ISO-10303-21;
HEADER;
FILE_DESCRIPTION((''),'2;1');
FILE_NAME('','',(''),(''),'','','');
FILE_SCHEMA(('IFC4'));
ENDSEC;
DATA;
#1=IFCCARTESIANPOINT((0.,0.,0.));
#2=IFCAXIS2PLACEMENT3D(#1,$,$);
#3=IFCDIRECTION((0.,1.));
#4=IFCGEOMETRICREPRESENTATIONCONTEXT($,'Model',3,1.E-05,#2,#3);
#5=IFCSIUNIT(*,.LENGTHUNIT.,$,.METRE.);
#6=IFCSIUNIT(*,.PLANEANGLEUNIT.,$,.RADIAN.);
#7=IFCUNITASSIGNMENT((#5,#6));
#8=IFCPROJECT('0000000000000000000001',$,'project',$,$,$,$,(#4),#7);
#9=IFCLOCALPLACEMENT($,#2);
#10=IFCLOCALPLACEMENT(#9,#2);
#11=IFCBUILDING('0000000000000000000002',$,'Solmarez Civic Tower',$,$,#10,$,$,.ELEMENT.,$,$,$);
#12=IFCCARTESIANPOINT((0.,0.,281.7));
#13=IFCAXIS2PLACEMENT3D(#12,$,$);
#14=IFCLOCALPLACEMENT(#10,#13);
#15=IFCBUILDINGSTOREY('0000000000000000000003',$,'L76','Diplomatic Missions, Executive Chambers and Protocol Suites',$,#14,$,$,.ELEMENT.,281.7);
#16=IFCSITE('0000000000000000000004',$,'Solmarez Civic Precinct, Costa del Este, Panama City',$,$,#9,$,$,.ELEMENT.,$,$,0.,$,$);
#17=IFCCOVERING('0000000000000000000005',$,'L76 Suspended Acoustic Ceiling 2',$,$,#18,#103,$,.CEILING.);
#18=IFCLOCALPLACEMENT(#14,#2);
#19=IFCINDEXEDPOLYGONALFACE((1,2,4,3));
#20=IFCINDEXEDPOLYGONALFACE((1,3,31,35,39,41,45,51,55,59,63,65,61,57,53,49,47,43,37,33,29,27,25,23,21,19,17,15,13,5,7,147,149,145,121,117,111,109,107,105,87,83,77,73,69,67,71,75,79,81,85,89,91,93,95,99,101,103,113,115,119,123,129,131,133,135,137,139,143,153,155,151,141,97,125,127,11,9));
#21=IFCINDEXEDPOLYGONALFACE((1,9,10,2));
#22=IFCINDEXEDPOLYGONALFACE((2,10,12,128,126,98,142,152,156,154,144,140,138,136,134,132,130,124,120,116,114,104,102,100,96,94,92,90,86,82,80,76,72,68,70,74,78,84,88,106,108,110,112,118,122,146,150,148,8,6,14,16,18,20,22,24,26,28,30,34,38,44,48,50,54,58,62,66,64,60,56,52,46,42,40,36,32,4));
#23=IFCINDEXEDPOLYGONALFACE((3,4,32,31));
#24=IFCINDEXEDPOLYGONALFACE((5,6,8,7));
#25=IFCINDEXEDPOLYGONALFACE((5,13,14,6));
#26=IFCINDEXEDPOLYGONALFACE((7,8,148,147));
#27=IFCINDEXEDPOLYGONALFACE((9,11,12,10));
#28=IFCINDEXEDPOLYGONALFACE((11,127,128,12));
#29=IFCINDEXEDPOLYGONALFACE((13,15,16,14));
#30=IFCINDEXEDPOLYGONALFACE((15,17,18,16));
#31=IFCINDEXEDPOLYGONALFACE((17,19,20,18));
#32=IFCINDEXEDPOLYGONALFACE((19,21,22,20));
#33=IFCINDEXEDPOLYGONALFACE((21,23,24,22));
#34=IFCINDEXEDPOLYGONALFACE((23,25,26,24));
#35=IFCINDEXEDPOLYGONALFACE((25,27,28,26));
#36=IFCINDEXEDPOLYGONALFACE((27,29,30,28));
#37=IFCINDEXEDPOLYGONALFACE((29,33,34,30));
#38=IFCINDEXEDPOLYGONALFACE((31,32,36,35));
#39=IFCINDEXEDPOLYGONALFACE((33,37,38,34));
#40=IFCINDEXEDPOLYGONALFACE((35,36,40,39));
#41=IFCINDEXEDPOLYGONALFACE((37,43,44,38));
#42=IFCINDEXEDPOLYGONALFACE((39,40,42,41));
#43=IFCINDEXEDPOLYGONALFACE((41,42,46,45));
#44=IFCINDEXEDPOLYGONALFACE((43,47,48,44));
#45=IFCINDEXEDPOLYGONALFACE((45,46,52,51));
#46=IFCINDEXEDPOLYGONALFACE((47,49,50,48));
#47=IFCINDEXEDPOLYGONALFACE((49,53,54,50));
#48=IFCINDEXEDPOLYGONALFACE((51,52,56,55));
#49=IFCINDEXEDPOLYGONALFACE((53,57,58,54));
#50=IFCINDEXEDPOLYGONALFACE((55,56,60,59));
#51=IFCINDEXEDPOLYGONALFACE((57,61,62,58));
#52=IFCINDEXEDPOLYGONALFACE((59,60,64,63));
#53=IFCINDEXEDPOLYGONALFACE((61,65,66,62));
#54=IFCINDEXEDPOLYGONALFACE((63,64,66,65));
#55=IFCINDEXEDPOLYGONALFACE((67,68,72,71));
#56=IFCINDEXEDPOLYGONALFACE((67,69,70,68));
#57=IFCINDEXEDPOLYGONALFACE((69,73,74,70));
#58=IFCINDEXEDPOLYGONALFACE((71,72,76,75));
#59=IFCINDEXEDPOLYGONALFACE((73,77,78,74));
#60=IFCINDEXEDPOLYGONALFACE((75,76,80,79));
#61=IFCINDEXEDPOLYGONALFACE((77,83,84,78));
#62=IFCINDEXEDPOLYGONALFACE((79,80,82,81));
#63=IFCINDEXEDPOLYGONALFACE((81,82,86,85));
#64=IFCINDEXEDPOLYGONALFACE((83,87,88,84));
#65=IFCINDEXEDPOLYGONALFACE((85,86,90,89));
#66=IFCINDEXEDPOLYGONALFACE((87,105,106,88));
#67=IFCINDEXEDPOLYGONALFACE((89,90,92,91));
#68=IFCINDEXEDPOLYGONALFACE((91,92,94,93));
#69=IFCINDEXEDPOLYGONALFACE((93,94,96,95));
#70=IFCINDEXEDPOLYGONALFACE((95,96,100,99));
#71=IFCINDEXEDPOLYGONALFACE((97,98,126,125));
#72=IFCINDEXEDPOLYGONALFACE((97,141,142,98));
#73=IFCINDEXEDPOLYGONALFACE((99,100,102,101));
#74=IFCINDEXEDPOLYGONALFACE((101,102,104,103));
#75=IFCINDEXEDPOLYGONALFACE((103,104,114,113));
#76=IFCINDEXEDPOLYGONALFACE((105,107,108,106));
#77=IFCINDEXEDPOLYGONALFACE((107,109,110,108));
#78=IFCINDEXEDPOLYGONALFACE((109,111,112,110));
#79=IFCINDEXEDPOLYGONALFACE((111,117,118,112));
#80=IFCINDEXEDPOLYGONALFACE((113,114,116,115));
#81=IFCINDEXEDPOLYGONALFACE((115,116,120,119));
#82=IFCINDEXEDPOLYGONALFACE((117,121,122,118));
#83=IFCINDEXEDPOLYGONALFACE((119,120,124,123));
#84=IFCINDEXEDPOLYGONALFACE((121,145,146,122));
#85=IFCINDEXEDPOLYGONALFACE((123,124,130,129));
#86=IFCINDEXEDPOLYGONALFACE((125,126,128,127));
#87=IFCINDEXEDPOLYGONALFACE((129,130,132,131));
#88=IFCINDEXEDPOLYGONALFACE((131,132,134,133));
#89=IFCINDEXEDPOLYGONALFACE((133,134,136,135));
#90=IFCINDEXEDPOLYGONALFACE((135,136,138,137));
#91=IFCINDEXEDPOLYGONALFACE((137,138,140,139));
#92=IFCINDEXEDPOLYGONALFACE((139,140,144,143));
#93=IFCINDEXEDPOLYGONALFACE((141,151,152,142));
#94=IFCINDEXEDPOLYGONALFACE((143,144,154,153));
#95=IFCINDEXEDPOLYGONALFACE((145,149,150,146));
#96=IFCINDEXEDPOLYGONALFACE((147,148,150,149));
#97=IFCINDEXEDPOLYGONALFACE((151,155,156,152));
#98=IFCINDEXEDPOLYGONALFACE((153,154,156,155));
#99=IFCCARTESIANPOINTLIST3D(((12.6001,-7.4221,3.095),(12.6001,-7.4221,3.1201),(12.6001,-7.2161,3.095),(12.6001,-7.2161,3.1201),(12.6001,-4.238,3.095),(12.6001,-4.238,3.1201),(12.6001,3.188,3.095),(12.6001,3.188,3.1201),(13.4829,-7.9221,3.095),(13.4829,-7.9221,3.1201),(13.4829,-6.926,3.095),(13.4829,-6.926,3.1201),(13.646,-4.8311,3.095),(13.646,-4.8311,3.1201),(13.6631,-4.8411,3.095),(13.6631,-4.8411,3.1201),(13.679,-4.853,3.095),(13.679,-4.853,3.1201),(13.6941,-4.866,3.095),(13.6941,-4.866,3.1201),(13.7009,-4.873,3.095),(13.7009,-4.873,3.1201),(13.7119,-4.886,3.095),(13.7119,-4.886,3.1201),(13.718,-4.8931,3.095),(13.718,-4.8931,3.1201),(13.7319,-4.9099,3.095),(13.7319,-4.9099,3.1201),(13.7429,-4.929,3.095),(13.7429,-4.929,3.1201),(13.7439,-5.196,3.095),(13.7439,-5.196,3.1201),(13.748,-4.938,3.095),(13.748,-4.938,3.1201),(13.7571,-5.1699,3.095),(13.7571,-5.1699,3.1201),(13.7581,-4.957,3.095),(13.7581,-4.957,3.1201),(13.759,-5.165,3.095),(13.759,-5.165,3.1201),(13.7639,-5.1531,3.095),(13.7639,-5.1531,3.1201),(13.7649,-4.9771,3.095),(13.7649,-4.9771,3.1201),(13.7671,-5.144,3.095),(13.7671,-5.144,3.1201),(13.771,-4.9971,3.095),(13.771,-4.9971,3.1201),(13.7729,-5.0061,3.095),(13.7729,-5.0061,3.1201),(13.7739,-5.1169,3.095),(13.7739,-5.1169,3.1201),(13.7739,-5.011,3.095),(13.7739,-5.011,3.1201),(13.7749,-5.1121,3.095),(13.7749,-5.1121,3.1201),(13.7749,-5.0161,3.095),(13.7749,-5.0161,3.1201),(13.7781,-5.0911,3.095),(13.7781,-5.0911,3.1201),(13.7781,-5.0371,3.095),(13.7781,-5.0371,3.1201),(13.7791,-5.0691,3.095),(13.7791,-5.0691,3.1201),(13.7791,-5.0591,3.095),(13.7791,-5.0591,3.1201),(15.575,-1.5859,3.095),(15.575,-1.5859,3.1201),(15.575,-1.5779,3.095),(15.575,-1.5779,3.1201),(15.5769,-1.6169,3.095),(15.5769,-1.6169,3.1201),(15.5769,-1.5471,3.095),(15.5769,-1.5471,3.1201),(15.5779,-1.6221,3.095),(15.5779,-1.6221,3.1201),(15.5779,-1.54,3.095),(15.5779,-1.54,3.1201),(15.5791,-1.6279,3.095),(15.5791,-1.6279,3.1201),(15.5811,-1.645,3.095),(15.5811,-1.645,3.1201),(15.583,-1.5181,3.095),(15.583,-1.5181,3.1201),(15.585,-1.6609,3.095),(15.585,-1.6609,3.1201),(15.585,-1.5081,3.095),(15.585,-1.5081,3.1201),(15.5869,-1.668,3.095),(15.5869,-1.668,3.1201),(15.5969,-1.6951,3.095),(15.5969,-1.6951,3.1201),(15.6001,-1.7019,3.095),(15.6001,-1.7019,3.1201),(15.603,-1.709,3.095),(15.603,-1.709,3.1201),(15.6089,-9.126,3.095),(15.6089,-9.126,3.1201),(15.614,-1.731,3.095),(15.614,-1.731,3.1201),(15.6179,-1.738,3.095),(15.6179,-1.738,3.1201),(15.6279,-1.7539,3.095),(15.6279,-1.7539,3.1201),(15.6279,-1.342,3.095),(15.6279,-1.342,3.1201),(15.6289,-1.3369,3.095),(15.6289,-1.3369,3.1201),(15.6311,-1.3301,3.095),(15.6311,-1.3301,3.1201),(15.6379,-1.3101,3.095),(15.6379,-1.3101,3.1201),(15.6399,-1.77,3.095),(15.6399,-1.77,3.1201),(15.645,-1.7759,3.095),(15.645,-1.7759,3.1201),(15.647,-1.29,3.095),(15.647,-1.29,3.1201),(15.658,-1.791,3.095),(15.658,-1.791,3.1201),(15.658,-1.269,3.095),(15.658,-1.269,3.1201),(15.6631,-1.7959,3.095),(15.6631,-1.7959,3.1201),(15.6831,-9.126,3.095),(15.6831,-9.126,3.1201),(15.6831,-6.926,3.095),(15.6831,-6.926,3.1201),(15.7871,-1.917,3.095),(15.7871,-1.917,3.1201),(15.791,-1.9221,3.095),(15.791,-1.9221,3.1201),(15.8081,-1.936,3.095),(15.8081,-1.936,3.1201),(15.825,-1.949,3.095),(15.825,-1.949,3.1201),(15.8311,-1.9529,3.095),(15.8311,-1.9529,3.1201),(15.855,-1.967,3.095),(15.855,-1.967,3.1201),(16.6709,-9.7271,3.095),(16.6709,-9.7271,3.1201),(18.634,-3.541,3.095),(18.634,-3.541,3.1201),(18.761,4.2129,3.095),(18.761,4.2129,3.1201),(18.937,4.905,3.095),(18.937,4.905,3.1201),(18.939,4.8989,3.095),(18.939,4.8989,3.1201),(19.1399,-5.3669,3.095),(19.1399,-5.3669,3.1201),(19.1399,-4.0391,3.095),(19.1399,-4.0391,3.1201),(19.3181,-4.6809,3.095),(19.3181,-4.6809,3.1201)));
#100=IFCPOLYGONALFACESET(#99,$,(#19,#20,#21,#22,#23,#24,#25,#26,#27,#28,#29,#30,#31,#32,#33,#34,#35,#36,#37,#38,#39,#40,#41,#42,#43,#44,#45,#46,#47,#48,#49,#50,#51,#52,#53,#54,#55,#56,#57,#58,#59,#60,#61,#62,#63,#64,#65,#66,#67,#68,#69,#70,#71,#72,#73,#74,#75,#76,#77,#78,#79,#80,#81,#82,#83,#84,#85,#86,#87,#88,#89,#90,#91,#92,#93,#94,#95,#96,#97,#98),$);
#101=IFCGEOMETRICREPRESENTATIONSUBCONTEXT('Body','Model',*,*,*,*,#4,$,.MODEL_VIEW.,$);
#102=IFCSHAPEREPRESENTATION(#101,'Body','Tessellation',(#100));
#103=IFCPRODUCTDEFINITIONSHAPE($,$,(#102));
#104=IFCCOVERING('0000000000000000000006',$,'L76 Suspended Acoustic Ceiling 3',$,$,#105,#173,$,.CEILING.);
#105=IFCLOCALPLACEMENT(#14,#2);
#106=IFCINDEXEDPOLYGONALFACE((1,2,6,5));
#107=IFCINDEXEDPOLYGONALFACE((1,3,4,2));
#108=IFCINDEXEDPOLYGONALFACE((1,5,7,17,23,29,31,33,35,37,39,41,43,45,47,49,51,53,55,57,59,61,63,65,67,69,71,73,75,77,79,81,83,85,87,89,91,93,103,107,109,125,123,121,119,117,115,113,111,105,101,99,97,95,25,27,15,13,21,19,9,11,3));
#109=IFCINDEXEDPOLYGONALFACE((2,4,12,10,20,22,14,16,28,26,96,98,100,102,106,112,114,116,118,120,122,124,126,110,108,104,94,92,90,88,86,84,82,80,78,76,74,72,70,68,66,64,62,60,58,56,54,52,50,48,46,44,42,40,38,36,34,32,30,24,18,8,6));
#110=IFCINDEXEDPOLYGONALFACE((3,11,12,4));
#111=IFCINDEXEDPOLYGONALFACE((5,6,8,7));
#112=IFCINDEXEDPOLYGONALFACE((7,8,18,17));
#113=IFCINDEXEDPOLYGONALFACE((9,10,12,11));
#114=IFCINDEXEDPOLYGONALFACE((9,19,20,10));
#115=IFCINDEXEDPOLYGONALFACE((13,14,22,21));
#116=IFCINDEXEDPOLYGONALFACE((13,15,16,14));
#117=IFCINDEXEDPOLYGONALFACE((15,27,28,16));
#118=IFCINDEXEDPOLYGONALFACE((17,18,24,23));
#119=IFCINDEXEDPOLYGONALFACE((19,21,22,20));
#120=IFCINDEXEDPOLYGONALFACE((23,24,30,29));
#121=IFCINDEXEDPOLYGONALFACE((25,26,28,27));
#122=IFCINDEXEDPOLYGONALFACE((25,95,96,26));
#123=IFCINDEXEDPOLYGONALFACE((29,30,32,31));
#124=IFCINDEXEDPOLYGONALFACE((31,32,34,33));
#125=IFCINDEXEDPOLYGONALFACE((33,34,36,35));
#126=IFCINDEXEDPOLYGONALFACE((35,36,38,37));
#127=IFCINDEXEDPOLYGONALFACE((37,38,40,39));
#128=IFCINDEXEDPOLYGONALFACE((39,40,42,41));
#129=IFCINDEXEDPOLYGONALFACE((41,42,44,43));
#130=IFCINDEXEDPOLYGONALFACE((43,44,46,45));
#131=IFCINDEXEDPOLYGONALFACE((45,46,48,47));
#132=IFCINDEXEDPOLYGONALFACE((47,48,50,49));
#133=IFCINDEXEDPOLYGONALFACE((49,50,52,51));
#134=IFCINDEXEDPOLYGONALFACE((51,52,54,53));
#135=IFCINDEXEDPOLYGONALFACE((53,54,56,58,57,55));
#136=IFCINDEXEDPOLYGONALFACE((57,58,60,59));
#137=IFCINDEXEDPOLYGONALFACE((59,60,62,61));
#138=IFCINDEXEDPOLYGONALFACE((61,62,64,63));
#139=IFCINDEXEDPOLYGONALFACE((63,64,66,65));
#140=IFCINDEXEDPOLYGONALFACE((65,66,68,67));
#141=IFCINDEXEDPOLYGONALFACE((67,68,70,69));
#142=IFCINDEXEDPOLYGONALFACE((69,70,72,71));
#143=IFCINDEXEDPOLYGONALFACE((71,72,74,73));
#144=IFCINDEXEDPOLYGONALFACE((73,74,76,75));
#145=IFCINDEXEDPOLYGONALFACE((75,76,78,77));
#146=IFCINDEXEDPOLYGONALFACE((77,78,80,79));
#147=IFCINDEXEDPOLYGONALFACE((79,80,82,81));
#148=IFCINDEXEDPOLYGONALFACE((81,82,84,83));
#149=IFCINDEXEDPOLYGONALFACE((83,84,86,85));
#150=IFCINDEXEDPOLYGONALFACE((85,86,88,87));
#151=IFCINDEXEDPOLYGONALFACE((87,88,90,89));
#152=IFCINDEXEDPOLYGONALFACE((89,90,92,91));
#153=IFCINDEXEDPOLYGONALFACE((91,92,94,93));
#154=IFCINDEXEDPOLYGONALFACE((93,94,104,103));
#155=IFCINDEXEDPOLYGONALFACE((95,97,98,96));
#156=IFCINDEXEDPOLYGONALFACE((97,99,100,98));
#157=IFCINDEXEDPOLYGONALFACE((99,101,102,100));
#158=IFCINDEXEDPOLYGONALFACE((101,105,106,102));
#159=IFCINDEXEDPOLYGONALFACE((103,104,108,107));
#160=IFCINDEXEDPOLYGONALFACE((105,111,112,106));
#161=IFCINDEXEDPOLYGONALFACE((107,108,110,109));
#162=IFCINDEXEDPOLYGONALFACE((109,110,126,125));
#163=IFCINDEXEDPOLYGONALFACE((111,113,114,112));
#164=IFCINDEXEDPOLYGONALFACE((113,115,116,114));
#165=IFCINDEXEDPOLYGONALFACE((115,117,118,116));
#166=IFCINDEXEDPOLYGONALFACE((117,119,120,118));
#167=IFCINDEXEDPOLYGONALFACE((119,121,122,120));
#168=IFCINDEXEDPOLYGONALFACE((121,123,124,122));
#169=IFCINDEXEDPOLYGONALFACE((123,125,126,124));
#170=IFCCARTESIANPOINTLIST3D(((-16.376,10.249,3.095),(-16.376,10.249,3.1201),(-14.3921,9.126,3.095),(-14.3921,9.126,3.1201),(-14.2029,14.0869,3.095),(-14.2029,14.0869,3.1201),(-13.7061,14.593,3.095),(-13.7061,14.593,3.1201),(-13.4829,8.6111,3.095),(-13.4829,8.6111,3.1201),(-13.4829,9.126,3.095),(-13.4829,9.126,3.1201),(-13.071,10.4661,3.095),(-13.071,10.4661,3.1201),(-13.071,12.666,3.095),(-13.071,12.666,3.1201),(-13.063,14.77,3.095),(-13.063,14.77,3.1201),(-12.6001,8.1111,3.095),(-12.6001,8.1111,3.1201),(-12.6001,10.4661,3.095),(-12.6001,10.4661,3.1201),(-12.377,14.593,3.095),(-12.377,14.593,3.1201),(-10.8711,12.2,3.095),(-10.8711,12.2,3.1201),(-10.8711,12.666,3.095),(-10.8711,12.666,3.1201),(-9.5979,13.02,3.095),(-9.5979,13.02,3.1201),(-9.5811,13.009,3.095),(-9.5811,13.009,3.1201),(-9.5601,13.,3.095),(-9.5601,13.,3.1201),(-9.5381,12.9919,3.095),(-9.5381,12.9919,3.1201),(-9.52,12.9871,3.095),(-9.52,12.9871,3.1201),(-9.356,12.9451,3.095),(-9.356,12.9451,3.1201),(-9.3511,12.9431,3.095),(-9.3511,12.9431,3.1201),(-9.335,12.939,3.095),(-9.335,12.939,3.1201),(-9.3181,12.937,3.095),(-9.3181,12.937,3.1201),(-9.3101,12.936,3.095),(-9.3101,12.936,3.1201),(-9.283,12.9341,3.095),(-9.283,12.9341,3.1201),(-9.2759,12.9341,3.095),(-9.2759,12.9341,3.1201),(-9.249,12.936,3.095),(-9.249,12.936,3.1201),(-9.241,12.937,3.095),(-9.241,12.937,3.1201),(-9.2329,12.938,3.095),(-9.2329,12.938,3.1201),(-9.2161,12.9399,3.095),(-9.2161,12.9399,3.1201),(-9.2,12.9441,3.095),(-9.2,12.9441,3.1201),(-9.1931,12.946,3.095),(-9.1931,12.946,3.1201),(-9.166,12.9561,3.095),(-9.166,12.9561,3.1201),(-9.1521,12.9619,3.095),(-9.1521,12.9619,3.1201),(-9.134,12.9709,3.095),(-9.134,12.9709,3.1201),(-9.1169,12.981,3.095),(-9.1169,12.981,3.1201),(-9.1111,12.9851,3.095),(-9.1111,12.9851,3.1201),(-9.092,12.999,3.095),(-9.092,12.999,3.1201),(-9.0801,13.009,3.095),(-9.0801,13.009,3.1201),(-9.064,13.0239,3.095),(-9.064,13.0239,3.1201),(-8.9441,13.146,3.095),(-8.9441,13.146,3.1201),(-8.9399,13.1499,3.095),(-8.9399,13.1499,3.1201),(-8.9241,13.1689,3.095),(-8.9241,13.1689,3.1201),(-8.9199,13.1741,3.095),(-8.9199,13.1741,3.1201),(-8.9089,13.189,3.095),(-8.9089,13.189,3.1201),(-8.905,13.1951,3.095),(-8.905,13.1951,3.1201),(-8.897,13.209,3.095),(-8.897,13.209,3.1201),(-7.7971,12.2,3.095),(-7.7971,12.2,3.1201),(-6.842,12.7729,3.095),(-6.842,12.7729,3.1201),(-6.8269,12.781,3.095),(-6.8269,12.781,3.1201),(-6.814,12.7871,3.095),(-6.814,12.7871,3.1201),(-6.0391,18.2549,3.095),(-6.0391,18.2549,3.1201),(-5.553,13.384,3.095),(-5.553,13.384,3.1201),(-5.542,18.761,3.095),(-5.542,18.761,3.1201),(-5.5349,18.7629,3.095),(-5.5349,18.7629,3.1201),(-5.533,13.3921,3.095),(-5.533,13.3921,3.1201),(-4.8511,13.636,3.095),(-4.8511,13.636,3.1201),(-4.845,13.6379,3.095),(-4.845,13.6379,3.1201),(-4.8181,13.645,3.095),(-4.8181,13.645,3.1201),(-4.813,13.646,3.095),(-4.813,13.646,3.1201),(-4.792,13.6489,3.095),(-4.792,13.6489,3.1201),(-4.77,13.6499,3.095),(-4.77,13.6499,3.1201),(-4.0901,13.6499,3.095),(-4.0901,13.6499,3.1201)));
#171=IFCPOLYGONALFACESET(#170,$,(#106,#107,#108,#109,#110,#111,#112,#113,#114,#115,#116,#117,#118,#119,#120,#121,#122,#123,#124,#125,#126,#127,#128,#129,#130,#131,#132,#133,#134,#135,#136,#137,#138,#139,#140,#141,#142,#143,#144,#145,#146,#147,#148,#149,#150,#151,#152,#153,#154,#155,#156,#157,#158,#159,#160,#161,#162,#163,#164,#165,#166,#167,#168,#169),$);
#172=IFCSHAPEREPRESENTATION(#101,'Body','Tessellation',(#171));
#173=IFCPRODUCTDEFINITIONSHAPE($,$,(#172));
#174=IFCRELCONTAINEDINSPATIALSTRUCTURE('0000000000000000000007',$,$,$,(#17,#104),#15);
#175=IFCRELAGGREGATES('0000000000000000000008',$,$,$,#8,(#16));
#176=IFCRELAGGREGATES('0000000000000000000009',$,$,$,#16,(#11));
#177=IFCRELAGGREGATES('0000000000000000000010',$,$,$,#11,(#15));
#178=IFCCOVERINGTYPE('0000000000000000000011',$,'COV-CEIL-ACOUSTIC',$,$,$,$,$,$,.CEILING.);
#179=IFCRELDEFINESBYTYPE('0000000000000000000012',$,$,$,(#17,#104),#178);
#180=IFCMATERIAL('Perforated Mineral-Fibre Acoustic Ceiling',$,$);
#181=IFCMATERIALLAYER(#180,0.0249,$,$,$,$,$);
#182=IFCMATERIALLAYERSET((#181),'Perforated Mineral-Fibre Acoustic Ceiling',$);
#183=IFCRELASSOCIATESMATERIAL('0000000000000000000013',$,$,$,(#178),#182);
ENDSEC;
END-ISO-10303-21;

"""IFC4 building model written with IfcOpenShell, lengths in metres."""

from ifc_helpers import new_model, si_unit, direction, frame, origin, place, context, subcontext, project, spatial, polyline, outline, extrude, material, layer, layer_set, type_object, element, save


model = new_model("IFC4")

# Units and contexts
model_context = context("Model", 3, precision=1e-05, world=origin(), true_north=direction((0.0, 1.0)))
body_context = subcontext(model_context, "Body", "Model", "MODEL_VIEW")
ifc_project = project(units=[si_unit("LENGTHUNIT", "METRE"), si_unit("PLANEANGLEUNIT", "RADIAN")], contexts=[model_context])

# Site, building, storey
site_placement = place(None, origin())
site = spatial("IfcSite", under=ifc_project, at=site_placement, Name="Solmarez Civic Precinct, Costa del Este, Panama City", CompositionType="ELEMENT", RefElevation=0.0)
building_placement = place(site_placement, origin())
building = spatial("IfcBuilding", under=site, at=building_placement, Name="Solmarez Civic Tower", CompositionType="ELEMENT")
storey_placement = place(building_placement, frame((0.0, 0.0, 281.7)))
storey = spatial("IfcBuildingStorey", under=building, at=storey_placement, Name="L76", Description="Diplomatic Missions, Executive Chambers and Protocol Suites", CompositionType="ELEMENT", Elevation=281.7)

# Coverings
ifc_material_1 = material(Name="Perforated Mineral-Fibre Acoustic Ceiling")
ifc_layer_1 = layer(ifc_material_1, 0.0249)
ifc_layer_set_1 = layer_set([ifc_layer_1], Name="Perforated Mineral-Fibre Acoustic Ceiling")
covering_type_1 = type_object("IfcCoveringType", Name="COV-CEIL-ACOUSTIC", PredefinedType="CEILING", material=ifc_layer_set_1)
covering_1_placement = place(storey_placement, frame((0.0, 0.0, 3.095)))
element("IfcCovering", 1, at=covering_1_placement, inside=storey, type_object=covering_type_1, Name="L76 Suspended Acoustic Ceiling 2", PredefinedType="CEILING", context=body_context, shape_type="SweptSolid", body=[
    extrude(outline(polyline([(12.6001, 3.188), (12.6001, -4.238), (13.646, -4.8311), (13.6631, -4.8411), (13.679, -4.853), (13.6941, -4.866), (13.7009, -4.873), (13.7119, -4.886), (13.718, -4.8931), (13.7319, -4.9099), (13.7429, -4.929), (13.748, -4.938), (13.7581, -4.957), (13.7649, -4.9771), (13.771, -4.9971), (13.7729, -5.0061), (13.7739, -5.011), (13.7749, -5.0161), (13.7781, -5.0371), (13.7791, -5.0591), (13.7791, -5.0691), (13.7781, -5.0911), (13.7749, -5.1121), (13.7739, -5.1169), (13.7671, -5.144), (13.7639, -5.1531), (13.759, -5.165), (13.7571, -5.1699), (13.7439, -5.196), (12.6001, -7.2161), (12.6001, -7.4221), (13.4829, -7.9221), (13.4829, -6.926), (15.6831, -6.926), (15.6831, -9.126), (15.6089, -9.126), (16.6709, -9.7271), (19.1399, -5.3669), (19.3181, -4.6809), (19.1399, -4.0391), (18.634, -3.541), (15.855, -1.967), (15.8311, -1.9529), (15.825, -1.949), (15.8081, -1.936), (15.791, -1.9221), (15.7871, -1.917), (15.6631, -1.7959), (15.658, -1.791), (15.645, -1.7759), (15.6399, -1.77), (15.6279, -1.7539), (15.6179, -1.738), (15.614, -1.731), (15.603, -1.709), (15.6001, -1.7019), (15.5969, -1.6951), (15.5869, -1.668), (15.585, -1.6609), (15.5811, -1.645), (15.5791, -1.6279), (15.5779, -1.6221), (15.5769, -1.6169), (15.575, -1.5859), (15.575, -1.5779), (15.5769, -1.5471), (15.5779, -1.54), (15.583, -1.5181), (15.585, -1.5081), (15.6279, -1.342), (15.6289, -1.3369), (15.6311, -1.3301), (15.6379, -1.3101), (15.647, -1.29), (15.658, -1.269), (18.761, 4.2129), (18.939, 4.8989), (18.937, 4.905), (12.6001, 3.188)])), origin(), (0.0, 0.0, 1.0), 0.0251),
])
covering_2_placement = place(storey_placement, frame((0.0, 0.0, 3.095)))
element("IfcCovering", 2, at=covering_2_placement, inside=storey, type_object=covering_type_1, Name="L76 Suspended Acoustic Ceiling 3", PredefinedType="CEILING", context=body_context, shape_type="SweptSolid", body=[
    extrude(outline(polyline([(-12.6001, 8.1111), (-12.6001, 10.4661), (-13.071, 10.4661), (-13.071, 12.666), (-10.8711, 12.666), (-10.8711, 12.2), (-7.7971, 12.2), (-6.842, 12.7729), (-6.8269, 12.781), (-6.814, 12.7871), (-5.553, 13.384), (-5.533, 13.3921), (-4.8511, 13.636), (-4.845, 13.6379), (-4.8181, 13.645), (-4.813, 13.646), (-4.792, 13.6489), (-4.77, 13.6499), (-4.0901, 13.6499), (-5.5349, 18.7629), (-5.542, 18.761), (-6.0391, 18.2549), (-8.897, 13.209), (-8.905, 13.1951), (-8.9089, 13.189), (-8.9199, 13.1741), (-8.9241, 13.1689), (-8.9399, 13.1499), (-8.9441, 13.146), (-9.064, 13.0239), (-9.0801, 13.009), (-9.092, 12.999), (-9.1111, 12.9851), (-9.1169, 12.981), (-9.134, 12.9709), (-9.1521, 12.9619), (-9.166, 12.9561), (-9.1931, 12.946), (-9.2, 12.9441), (-9.2161, 12.9399), (-9.2329, 12.938), (-9.241, 12.937), (-9.249, 12.936), (-9.2759, 12.9341), (-9.283, 12.9341), (-9.3101, 12.936), (-9.3181, 12.937), (-9.335, 12.939), (-9.3511, 12.9431), (-9.356, 12.9451), (-9.52, 12.9871), (-9.5381, 12.9919), (-9.5601, 13.0), (-9.5811, 13.009), (-9.5979, 13.02), (-12.377, 14.593), (-13.063, 14.77), (-13.7061, 14.593), (-14.2029, 14.0869), (-16.376, 10.249), (-14.3921, 9.126), (-13.4829, 9.126), (-13.4829, 8.6111), (-12.6001, 8.1111)])), origin(), (0.0, 0.0, 1.0), 0.0251),
])

save(model, "model.ifc")
